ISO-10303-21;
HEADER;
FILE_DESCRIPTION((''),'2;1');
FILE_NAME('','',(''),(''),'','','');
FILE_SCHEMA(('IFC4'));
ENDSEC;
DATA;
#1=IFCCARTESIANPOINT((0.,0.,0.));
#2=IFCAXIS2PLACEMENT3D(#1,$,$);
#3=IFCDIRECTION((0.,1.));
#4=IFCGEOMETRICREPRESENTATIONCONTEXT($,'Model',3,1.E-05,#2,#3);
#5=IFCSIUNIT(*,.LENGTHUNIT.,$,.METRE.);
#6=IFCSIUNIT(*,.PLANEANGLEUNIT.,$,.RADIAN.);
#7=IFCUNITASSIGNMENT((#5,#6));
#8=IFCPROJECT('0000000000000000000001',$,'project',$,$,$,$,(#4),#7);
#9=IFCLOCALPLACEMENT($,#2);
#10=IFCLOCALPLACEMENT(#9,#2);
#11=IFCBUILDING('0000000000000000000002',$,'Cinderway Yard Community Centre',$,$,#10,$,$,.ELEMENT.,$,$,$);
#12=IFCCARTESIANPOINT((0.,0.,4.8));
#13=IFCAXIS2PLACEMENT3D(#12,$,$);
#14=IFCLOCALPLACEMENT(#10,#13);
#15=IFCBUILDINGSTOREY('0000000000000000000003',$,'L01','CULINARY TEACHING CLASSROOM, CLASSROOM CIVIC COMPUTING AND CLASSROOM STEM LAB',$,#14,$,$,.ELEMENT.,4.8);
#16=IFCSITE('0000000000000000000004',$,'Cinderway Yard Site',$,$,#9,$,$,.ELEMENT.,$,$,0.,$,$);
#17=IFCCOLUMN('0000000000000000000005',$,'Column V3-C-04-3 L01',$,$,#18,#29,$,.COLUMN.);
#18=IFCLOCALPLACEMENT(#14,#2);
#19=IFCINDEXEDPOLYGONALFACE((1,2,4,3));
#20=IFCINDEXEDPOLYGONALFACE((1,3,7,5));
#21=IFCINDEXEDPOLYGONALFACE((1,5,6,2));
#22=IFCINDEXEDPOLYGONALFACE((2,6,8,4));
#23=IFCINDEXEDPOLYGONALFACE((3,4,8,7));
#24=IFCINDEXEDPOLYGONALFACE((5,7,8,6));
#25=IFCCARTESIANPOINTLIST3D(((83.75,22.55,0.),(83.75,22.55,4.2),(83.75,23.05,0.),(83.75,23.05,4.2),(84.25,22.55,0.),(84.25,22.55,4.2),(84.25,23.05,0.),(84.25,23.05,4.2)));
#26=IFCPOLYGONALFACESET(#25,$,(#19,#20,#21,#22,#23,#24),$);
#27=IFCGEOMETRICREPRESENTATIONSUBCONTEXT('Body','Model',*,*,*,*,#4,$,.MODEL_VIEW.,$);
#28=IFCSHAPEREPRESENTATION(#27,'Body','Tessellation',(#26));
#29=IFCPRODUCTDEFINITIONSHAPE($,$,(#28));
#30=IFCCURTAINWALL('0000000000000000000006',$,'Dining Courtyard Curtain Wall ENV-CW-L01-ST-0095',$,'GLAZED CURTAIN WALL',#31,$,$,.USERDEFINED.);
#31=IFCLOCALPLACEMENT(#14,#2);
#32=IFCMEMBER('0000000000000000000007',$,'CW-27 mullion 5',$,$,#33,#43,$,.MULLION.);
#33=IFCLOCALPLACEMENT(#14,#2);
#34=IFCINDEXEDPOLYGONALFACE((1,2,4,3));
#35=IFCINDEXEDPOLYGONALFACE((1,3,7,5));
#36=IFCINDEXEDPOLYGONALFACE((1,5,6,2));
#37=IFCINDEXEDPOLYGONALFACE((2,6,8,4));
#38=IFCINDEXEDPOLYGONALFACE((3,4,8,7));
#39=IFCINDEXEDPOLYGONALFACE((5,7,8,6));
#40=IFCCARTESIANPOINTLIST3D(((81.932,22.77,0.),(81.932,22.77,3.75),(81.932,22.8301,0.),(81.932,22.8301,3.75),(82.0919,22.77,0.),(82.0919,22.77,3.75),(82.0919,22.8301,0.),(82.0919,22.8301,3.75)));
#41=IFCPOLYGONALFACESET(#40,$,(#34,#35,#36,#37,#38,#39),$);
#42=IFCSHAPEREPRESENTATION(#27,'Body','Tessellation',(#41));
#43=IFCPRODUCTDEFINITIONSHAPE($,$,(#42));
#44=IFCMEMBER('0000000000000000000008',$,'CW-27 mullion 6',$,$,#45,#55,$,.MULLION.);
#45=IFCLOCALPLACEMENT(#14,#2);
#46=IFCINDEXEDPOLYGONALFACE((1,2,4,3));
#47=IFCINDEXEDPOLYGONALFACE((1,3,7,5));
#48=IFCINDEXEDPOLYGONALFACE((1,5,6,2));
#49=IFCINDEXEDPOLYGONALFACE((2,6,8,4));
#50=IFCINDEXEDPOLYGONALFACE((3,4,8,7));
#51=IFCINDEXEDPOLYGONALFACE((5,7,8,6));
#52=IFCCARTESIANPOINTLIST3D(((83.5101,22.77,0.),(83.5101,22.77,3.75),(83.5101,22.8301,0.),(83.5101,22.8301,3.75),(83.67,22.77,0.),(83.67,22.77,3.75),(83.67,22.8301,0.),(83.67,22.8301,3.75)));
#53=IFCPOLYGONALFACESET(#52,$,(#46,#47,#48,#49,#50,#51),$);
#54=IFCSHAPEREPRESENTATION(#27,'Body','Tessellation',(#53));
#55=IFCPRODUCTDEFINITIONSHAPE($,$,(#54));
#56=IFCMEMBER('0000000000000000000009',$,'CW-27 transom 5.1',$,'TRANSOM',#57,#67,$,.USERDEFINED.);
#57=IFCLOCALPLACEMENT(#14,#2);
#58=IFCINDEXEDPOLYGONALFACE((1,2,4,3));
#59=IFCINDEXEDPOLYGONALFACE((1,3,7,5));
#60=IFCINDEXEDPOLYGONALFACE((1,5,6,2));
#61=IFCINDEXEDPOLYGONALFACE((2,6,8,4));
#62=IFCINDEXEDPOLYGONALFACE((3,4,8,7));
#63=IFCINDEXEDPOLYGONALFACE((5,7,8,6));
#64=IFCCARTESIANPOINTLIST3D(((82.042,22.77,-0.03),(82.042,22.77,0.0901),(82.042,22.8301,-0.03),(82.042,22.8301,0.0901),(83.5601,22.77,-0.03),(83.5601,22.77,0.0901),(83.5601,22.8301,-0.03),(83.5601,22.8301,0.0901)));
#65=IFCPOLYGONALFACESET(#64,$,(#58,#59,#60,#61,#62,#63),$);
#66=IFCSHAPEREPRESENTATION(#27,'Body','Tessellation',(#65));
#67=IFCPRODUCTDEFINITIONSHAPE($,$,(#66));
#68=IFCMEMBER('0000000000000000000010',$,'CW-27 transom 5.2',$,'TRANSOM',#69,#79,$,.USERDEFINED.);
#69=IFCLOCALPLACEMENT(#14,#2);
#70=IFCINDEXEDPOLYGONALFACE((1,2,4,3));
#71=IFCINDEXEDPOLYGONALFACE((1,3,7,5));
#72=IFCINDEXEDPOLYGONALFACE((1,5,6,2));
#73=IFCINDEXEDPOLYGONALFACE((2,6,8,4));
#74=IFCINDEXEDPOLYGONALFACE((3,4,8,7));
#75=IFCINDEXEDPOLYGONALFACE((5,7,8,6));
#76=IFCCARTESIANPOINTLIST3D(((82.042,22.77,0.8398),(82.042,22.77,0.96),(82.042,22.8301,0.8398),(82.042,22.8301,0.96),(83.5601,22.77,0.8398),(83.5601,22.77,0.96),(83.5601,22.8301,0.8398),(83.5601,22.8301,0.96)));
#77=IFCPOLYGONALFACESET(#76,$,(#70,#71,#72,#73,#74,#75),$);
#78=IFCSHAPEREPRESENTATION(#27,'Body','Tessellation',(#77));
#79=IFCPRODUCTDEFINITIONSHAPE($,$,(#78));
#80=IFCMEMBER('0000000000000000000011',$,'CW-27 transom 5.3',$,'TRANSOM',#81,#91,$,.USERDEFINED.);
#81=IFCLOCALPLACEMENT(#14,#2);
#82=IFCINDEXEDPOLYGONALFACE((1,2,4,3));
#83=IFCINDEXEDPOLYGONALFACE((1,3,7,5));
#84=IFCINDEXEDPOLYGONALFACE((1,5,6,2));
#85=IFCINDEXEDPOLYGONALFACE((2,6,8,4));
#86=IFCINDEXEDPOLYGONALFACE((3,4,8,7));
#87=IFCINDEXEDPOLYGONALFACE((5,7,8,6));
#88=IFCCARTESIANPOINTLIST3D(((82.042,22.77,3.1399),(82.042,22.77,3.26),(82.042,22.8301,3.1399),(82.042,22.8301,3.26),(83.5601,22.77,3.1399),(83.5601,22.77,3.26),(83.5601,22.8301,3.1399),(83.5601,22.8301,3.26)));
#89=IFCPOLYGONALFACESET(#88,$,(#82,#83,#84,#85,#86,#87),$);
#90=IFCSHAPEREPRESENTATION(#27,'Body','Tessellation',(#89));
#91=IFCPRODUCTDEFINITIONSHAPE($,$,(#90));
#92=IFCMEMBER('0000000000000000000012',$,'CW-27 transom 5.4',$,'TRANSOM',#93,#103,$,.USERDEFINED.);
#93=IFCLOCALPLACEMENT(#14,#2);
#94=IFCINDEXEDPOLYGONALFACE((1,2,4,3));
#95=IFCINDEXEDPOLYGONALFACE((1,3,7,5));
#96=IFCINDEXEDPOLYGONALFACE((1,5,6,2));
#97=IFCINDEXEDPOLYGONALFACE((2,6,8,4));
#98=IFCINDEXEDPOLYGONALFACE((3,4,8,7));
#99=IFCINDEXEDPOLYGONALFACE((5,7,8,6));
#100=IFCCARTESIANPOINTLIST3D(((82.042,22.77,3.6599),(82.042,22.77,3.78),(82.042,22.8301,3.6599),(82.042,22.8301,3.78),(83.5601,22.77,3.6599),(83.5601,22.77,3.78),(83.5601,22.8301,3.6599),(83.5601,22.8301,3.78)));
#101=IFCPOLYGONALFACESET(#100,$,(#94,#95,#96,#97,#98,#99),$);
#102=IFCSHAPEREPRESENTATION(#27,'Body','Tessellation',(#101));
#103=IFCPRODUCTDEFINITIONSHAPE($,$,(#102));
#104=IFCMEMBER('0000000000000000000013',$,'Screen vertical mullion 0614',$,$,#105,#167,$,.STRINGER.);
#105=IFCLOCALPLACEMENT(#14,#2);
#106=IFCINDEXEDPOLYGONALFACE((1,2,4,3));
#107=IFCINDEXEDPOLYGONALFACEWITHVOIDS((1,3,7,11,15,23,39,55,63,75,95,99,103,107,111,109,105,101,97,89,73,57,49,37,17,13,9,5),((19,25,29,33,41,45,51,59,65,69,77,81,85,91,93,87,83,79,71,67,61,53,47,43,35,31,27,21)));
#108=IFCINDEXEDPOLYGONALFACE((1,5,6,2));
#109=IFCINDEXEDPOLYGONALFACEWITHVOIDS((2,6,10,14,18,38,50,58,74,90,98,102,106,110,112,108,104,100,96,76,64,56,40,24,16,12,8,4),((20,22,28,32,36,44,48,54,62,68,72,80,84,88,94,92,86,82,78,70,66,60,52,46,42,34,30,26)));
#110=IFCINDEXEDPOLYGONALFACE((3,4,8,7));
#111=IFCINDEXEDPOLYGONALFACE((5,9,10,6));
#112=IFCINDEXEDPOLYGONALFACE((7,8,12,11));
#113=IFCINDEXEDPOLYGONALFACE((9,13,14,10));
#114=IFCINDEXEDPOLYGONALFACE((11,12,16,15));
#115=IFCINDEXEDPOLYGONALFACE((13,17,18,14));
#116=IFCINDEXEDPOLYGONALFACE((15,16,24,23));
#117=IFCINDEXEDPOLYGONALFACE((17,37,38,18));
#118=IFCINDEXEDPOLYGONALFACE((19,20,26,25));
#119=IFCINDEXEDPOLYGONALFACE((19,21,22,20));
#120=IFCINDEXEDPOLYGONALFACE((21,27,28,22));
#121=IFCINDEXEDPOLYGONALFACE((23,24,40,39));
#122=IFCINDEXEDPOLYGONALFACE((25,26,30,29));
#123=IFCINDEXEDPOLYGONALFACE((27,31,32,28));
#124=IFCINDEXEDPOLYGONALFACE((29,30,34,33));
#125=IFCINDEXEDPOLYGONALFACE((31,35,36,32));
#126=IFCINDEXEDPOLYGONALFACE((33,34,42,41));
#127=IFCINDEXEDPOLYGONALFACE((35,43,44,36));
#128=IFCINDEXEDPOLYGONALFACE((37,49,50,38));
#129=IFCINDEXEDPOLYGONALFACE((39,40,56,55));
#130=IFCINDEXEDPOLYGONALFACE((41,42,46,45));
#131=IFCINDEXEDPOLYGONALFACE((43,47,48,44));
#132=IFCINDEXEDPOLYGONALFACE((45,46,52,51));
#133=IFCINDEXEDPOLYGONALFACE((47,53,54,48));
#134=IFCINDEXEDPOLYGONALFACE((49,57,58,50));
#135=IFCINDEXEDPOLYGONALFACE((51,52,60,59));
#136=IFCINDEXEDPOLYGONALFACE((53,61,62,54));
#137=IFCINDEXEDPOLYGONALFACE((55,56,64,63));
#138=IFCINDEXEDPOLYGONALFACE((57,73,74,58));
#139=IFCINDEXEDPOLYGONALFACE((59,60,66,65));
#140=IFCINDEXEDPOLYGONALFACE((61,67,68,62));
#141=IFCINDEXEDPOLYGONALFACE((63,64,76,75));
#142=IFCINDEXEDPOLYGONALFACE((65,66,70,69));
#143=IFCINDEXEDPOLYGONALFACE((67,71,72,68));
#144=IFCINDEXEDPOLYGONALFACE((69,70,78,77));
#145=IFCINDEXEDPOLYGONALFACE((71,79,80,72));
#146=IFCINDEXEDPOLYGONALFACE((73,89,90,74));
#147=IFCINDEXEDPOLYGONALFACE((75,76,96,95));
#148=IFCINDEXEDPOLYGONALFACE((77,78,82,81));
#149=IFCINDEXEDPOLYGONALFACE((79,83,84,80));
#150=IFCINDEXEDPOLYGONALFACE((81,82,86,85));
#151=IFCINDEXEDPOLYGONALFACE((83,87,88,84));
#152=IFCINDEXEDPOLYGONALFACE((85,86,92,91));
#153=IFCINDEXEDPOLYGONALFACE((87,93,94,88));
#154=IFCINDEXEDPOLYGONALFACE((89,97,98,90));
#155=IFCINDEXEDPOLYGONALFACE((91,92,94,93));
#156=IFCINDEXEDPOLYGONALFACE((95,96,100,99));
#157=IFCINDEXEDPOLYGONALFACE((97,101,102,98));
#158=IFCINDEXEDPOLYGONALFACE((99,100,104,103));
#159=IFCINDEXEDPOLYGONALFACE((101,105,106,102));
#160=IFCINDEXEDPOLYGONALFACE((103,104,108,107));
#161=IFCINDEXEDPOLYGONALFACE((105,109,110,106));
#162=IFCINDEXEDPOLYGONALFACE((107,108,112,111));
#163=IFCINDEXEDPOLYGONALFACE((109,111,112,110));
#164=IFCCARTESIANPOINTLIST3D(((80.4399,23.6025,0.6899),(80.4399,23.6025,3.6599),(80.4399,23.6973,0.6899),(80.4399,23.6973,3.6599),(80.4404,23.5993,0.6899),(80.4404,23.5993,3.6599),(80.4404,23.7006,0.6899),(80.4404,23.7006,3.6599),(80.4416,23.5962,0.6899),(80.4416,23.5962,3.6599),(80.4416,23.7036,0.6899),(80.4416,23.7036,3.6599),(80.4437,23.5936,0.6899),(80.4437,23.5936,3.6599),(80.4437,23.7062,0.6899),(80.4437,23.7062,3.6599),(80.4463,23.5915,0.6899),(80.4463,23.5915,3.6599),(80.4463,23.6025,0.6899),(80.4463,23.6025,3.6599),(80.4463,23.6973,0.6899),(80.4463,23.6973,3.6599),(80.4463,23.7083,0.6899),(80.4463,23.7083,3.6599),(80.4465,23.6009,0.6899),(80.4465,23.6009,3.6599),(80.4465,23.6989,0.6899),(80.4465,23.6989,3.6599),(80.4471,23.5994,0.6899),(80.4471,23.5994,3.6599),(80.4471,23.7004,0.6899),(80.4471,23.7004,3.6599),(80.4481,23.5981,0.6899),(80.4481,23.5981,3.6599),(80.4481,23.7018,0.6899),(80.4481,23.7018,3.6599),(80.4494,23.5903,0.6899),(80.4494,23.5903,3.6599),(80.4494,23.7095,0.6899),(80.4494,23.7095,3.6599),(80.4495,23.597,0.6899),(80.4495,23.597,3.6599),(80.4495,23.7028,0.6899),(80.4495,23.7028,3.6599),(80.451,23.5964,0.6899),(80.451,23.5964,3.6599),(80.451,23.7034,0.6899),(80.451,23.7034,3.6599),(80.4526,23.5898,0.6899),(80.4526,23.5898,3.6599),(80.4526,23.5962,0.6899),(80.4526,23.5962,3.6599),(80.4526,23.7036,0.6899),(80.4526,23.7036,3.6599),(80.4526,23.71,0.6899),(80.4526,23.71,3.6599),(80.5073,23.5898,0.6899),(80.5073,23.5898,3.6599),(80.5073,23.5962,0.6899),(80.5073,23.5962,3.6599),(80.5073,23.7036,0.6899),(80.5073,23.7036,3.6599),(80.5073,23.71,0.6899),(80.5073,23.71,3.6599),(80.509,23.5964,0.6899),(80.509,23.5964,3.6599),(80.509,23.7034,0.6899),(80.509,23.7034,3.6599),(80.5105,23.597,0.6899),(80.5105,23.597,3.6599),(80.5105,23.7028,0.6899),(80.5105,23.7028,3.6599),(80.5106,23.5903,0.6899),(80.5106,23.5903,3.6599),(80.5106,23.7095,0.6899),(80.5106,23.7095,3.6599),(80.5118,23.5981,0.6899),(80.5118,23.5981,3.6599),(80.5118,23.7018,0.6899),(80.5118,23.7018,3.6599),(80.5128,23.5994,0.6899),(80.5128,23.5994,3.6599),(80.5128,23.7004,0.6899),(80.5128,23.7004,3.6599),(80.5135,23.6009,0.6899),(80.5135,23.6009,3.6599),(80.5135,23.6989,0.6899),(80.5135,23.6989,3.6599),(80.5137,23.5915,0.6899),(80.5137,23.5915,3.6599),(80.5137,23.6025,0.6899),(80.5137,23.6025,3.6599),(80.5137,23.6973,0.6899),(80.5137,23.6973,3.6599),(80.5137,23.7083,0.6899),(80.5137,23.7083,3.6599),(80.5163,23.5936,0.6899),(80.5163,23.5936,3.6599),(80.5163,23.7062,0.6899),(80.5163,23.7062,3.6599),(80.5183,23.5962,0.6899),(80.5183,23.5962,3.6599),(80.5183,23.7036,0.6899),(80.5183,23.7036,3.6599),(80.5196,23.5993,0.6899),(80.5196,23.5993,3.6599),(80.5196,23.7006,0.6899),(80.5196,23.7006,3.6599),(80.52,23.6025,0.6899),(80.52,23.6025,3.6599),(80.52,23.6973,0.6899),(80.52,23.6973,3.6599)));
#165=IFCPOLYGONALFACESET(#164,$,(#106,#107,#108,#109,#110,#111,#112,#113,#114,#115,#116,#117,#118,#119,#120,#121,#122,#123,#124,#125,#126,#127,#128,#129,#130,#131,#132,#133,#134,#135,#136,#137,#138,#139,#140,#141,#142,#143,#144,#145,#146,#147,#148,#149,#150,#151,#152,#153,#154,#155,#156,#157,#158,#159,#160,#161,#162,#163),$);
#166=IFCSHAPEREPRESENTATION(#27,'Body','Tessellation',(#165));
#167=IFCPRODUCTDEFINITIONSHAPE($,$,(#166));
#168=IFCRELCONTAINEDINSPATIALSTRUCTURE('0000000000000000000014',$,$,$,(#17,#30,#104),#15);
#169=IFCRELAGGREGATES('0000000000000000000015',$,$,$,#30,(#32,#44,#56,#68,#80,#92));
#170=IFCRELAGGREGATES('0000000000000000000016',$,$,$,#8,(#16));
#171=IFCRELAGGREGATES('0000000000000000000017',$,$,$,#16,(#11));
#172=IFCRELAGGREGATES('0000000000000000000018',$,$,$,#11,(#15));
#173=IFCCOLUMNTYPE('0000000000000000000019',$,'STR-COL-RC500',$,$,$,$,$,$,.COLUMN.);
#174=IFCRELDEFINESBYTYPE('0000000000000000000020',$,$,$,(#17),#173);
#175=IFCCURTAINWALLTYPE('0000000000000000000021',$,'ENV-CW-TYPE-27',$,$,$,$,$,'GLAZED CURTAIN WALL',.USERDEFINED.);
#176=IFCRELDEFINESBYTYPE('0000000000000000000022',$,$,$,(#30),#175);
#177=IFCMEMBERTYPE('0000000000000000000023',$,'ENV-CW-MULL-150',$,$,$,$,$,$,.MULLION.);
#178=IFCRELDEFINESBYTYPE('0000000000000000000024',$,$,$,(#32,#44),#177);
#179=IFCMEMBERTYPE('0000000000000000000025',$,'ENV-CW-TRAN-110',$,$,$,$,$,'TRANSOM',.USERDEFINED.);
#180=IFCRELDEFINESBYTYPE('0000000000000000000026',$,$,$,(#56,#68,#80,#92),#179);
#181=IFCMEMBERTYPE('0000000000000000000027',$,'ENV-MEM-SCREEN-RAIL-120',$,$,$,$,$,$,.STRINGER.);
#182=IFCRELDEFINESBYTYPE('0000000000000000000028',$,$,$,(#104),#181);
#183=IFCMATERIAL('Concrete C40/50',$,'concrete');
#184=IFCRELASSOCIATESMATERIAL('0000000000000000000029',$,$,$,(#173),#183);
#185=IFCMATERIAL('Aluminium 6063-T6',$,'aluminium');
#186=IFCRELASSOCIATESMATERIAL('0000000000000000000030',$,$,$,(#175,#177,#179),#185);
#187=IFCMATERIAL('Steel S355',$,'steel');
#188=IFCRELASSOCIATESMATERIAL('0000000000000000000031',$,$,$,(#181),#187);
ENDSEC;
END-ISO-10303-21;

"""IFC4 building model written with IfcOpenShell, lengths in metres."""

from ifc_helpers import new_model, si_unit, direction, frame, origin, origin_2d, place, context, subcontext, project, spatial, rectangle, hollow_rectangle, extrude, material, material_profile, profile_set, type_object, element, aggregate, save


model = new_model("IFC4")

# Units and contexts
model_context = context("Model", 3, precision=1e-05, world=origin(), true_north=direction((0.0, 1.0)))
body_context = subcontext(model_context, "Body", "Model", "MODEL_VIEW")
ifc_project = project(units=[si_unit("LENGTHUNIT", "METRE"), si_unit("PLANEANGLEUNIT", "RADIAN")], contexts=[model_context])

# Site, building, storey
site_placement = place(None, origin())
site = spatial("IfcSite", under=ifc_project, at=site_placement, Name="Cinderway Yard Site", CompositionType="ELEMENT", RefElevation=0.0)
building_placement = place(site_placement, origin())
building = spatial("IfcBuilding", under=site, at=building_placement, Name="Cinderway Yard Community Centre", CompositionType="ELEMENT")
storey_placement = place(building_placement, frame((0.0, 0.0, 4.8)))
storey = spatial("IfcBuildingStorey", under=building, at=storey_placement, Name="L01", Description="CULINARY TEACHING CLASSROOM, CLASSROOM CIVIC COMPUTING AND CLASSROOM STEM LAB", CompositionType="ELEMENT", Elevation=4.8)

# Column
ifc_material_1 = material(Name="Concrete C40/50", Category="concrete")
ifc_material_profile_1 = material_profile(ifc_material_1, rectangle(XDim=0.5, YDim=0.5, at=origin_2d()), Name="Concrete C40/50")
ifc_profile_set_1 = profile_set([ifc_material_profile_1], Name="Concrete C40/50")
column_type = type_object("IfcColumnType", Name="STR-COL-RC500", PredefinedType="COLUMN", material=ifc_profile_set_1)
column_placement = place(storey_placement, frame((84.0, 22.8, 0.0), z_axis=(0.0, 0.0, 1.0), x_axis=(1.0, 0.0, 0.0)))
element("IfcColumn", 1, at=column_placement, inside=storey, type_object=column_type, Name="Column V3-C-04-3 L01", PredefinedType="COLUMN", context=body_context, shape_type="SweptSolid", body=[
    extrude(rectangle(XDim=0.5, YDim=0.5, at=origin_2d()), origin(), (0.0, 0.0, 1.0), 4.2),
])

# Curtain wall, members
ifc_material_2 = material(Name="Aluminium 6063-T6", Category="aluminium")
curtain_wall_type = type_object("IfcCurtainWallType", Name="ENV-CW-TYPE-27", ElementType="GLAZED CURTAIN WALL", PredefinedType="USERDEFINED", material=ifc_material_2)
curtain_wall_placement = place(storey_placement, origin())
curtain_wall = element("IfcCurtainWall", 2, at=curtain_wall_placement, inside=storey, type_object=curtain_wall_type, Name="Dining Courtyard Curtain Wall ENV-CW-L01-ST-0095", ObjectType="GLAZED CURTAIN WALL", PredefinedType="USERDEFINED")
ifc_material_profile_2 = material_profile(ifc_material_2, rectangle(XDim=0.0601, YDim=0.1599, at=origin_2d()), Name="Aluminium 6063-T6")
ifc_profile_set_2 = profile_set([ifc_material_profile_2], Name="Aluminium 6063-T6")
member_type_1 = type_object("IfcMemberType", Name="ENV-CW-MULL-150", PredefinedType="MULLION", material=ifc_profile_set_2)
member_1_placement = place(storey_placement, frame((82.012, 22.8, 0.0), z_axis=(0.0, 0.0, 1.0), x_axis=(0.0, 1.0, 0.0)))
member_1 = element("IfcMember", 3, at=member_1_placement, type_object=member_type_1, Name="CW-27 mullion 5", PredefinedType="MULLION", context=body_context, shape_type="SweptSolid", body=[
    extrude(rectangle(XDim=0.0601, YDim=0.1599, at=origin_2d()), origin(), (0.0, 0.0, 1.0), 3.75),
])
member_2_placement = place(storey_placement, frame((83.5901, 22.8, 0.0), z_axis=(0.0, 0.0, 1.0), x_axis=(0.0, 1.0, 0.0)))
member_2 = element("IfcMember", 4, at=member_2_placement, type_object=member_type_1, Name="CW-27 mullion 6", PredefinedType="MULLION", context=body_context, shape_type="SweptSolid", body=[
    extrude(rectangle(XDim=0.0601, YDim=0.1599, at=origin_2d()), origin(), (0.0, 0.0, 1.0), 3.75),
])
ifc_material_profile_3 = material_profile(ifc_material_2, rectangle(XDim=0.0601, YDim=0.1201, at=origin_2d()), Name="Aluminium 6063-T6")
ifc_profile_set_3 = profile_set([ifc_material_profile_3], Name="Aluminium 6063-T6")
member_type_2 = type_object("IfcMemberType", Name="ENV-CW-TRAN-110", ElementType="TRANSOM", PredefinedType="USERDEFINED", material=ifc_profile_set_3)
member_3_placement = place(storey_placement, frame((82.042, 22.8, 0.03), z_axis=(1.0, 0.0, 0.0), x_axis=(0.0, 1.0, 0.0)))
member_3 = element("IfcMember", 5, at=member_3_placement, type_object=member_type_2, Name="CW-27 transom 5.1", ObjectType="TRANSOM", PredefinedType="USERDEFINED", context=body_context, shape_type="SweptSolid", body=[
    extrude(rectangle(XDim=0.0601, YDim=0.1201, at=origin_2d()), origin(), (0.0, 0.0, 1.0), 1.5181),
])
member_4_placement = place(storey_placement, frame((82.042, 22.8, 0.8999), z_axis=(1.0, 0.0, 0.0), x_axis=(0.0, 1.0, 0.0)))
member_4 = element("IfcMember", 6, at=member_4_placement, type_object=member_type_2, Name="CW-27 transom 5.2", ObjectType="TRANSOM", PredefinedType="USERDEFINED", context=body_context, shape_type="SweptSolid", body=[
    extrude(rectangle(XDim=0.0601, YDim=0.1201, at=origin_2d()), origin(), (0.0, 0.0, 1.0), 1.5181),
])
member_5_placement = place(storey_placement, frame((82.042, 22.8, 3.2), z_axis=(1.0, 0.0, 0.0), x_axis=(0.0, 1.0, 0.0)))
member_5 = element("IfcMember", 7, at=member_5_placement, type_object=member_type_2, Name="CW-27 transom 5.3", ObjectType="TRANSOM", PredefinedType="USERDEFINED", context=body_context, shape_type="SweptSolid", body=[
    extrude(rectangle(XDim=0.0601, YDim=0.1201, at=origin_2d()), origin(), (0.0, 0.0, 1.0), 1.5181),
])
member_6_placement = place(storey_placement, frame((82.042, 22.8, 3.72), z_axis=(1.0, 0.0, 0.0), x_axis=(0.0, 1.0, 0.0)))
member_6 = element("IfcMember", 8, at=member_6_placement, type_object=member_type_2, Name="CW-27 transom 5.4", ObjectType="TRANSOM", PredefinedType="USERDEFINED", context=body_context, shape_type="SweptSolid", body=[
    extrude(rectangle(XDim=0.0601, YDim=0.1201, at=origin_2d()), origin(), (0.0, 0.0, 1.0), 1.5181),
])

# Member
ifc_material_3 = material(Name="Steel S355", Category="steel")
ifc_material_profile_4 = material_profile(ifc_material_3, hollow_rectangle(XDim=0.0801, YDim=0.1201, WallThickness=0.0063, InnerFilletRadius=0.0063, OuterFilletRadius=0.0127, at=origin_2d()), Name="Steel S355")
ifc_profile_set_4 = profile_set([ifc_material_profile_4], Name="Steel S355")
member_type_3 = type_object("IfcMemberType", Name="ENV-MEM-SCREEN-RAIL-120", PredefinedType="STRINGER", material=ifc_profile_set_4)
for number, where, z_axis, x_axis, name in (
    (9, (80.48, 23.6499, 0.6899), (0.0, 0.0, 1.0), (1.0, 0.0, 0.0), "Screen vertical mullion 0614"),
):
    element("IfcMember", number, at=place(storey_placement, frame(where, z_axis=z_axis, x_axis=x_axis)), inside=storey, type_object=member_type_3, Name=name, PredefinedType="STRINGER", context=body_context, shape_type="SweptSolid", body=[
        extrude(hollow_rectangle(XDim=0.0801, YDim=0.1201, WallThickness=0.0063, InnerFilletRadius=0.0063, OuterFilletRadius=0.0127, at=origin_2d()), origin(), (0.0, 0.0, 1.0), 2.97),
    ])

aggregate(curtain_wall, [member_1, member_2, member_3, member_4, member_5, member_6])

save(model, "model.ifc")
